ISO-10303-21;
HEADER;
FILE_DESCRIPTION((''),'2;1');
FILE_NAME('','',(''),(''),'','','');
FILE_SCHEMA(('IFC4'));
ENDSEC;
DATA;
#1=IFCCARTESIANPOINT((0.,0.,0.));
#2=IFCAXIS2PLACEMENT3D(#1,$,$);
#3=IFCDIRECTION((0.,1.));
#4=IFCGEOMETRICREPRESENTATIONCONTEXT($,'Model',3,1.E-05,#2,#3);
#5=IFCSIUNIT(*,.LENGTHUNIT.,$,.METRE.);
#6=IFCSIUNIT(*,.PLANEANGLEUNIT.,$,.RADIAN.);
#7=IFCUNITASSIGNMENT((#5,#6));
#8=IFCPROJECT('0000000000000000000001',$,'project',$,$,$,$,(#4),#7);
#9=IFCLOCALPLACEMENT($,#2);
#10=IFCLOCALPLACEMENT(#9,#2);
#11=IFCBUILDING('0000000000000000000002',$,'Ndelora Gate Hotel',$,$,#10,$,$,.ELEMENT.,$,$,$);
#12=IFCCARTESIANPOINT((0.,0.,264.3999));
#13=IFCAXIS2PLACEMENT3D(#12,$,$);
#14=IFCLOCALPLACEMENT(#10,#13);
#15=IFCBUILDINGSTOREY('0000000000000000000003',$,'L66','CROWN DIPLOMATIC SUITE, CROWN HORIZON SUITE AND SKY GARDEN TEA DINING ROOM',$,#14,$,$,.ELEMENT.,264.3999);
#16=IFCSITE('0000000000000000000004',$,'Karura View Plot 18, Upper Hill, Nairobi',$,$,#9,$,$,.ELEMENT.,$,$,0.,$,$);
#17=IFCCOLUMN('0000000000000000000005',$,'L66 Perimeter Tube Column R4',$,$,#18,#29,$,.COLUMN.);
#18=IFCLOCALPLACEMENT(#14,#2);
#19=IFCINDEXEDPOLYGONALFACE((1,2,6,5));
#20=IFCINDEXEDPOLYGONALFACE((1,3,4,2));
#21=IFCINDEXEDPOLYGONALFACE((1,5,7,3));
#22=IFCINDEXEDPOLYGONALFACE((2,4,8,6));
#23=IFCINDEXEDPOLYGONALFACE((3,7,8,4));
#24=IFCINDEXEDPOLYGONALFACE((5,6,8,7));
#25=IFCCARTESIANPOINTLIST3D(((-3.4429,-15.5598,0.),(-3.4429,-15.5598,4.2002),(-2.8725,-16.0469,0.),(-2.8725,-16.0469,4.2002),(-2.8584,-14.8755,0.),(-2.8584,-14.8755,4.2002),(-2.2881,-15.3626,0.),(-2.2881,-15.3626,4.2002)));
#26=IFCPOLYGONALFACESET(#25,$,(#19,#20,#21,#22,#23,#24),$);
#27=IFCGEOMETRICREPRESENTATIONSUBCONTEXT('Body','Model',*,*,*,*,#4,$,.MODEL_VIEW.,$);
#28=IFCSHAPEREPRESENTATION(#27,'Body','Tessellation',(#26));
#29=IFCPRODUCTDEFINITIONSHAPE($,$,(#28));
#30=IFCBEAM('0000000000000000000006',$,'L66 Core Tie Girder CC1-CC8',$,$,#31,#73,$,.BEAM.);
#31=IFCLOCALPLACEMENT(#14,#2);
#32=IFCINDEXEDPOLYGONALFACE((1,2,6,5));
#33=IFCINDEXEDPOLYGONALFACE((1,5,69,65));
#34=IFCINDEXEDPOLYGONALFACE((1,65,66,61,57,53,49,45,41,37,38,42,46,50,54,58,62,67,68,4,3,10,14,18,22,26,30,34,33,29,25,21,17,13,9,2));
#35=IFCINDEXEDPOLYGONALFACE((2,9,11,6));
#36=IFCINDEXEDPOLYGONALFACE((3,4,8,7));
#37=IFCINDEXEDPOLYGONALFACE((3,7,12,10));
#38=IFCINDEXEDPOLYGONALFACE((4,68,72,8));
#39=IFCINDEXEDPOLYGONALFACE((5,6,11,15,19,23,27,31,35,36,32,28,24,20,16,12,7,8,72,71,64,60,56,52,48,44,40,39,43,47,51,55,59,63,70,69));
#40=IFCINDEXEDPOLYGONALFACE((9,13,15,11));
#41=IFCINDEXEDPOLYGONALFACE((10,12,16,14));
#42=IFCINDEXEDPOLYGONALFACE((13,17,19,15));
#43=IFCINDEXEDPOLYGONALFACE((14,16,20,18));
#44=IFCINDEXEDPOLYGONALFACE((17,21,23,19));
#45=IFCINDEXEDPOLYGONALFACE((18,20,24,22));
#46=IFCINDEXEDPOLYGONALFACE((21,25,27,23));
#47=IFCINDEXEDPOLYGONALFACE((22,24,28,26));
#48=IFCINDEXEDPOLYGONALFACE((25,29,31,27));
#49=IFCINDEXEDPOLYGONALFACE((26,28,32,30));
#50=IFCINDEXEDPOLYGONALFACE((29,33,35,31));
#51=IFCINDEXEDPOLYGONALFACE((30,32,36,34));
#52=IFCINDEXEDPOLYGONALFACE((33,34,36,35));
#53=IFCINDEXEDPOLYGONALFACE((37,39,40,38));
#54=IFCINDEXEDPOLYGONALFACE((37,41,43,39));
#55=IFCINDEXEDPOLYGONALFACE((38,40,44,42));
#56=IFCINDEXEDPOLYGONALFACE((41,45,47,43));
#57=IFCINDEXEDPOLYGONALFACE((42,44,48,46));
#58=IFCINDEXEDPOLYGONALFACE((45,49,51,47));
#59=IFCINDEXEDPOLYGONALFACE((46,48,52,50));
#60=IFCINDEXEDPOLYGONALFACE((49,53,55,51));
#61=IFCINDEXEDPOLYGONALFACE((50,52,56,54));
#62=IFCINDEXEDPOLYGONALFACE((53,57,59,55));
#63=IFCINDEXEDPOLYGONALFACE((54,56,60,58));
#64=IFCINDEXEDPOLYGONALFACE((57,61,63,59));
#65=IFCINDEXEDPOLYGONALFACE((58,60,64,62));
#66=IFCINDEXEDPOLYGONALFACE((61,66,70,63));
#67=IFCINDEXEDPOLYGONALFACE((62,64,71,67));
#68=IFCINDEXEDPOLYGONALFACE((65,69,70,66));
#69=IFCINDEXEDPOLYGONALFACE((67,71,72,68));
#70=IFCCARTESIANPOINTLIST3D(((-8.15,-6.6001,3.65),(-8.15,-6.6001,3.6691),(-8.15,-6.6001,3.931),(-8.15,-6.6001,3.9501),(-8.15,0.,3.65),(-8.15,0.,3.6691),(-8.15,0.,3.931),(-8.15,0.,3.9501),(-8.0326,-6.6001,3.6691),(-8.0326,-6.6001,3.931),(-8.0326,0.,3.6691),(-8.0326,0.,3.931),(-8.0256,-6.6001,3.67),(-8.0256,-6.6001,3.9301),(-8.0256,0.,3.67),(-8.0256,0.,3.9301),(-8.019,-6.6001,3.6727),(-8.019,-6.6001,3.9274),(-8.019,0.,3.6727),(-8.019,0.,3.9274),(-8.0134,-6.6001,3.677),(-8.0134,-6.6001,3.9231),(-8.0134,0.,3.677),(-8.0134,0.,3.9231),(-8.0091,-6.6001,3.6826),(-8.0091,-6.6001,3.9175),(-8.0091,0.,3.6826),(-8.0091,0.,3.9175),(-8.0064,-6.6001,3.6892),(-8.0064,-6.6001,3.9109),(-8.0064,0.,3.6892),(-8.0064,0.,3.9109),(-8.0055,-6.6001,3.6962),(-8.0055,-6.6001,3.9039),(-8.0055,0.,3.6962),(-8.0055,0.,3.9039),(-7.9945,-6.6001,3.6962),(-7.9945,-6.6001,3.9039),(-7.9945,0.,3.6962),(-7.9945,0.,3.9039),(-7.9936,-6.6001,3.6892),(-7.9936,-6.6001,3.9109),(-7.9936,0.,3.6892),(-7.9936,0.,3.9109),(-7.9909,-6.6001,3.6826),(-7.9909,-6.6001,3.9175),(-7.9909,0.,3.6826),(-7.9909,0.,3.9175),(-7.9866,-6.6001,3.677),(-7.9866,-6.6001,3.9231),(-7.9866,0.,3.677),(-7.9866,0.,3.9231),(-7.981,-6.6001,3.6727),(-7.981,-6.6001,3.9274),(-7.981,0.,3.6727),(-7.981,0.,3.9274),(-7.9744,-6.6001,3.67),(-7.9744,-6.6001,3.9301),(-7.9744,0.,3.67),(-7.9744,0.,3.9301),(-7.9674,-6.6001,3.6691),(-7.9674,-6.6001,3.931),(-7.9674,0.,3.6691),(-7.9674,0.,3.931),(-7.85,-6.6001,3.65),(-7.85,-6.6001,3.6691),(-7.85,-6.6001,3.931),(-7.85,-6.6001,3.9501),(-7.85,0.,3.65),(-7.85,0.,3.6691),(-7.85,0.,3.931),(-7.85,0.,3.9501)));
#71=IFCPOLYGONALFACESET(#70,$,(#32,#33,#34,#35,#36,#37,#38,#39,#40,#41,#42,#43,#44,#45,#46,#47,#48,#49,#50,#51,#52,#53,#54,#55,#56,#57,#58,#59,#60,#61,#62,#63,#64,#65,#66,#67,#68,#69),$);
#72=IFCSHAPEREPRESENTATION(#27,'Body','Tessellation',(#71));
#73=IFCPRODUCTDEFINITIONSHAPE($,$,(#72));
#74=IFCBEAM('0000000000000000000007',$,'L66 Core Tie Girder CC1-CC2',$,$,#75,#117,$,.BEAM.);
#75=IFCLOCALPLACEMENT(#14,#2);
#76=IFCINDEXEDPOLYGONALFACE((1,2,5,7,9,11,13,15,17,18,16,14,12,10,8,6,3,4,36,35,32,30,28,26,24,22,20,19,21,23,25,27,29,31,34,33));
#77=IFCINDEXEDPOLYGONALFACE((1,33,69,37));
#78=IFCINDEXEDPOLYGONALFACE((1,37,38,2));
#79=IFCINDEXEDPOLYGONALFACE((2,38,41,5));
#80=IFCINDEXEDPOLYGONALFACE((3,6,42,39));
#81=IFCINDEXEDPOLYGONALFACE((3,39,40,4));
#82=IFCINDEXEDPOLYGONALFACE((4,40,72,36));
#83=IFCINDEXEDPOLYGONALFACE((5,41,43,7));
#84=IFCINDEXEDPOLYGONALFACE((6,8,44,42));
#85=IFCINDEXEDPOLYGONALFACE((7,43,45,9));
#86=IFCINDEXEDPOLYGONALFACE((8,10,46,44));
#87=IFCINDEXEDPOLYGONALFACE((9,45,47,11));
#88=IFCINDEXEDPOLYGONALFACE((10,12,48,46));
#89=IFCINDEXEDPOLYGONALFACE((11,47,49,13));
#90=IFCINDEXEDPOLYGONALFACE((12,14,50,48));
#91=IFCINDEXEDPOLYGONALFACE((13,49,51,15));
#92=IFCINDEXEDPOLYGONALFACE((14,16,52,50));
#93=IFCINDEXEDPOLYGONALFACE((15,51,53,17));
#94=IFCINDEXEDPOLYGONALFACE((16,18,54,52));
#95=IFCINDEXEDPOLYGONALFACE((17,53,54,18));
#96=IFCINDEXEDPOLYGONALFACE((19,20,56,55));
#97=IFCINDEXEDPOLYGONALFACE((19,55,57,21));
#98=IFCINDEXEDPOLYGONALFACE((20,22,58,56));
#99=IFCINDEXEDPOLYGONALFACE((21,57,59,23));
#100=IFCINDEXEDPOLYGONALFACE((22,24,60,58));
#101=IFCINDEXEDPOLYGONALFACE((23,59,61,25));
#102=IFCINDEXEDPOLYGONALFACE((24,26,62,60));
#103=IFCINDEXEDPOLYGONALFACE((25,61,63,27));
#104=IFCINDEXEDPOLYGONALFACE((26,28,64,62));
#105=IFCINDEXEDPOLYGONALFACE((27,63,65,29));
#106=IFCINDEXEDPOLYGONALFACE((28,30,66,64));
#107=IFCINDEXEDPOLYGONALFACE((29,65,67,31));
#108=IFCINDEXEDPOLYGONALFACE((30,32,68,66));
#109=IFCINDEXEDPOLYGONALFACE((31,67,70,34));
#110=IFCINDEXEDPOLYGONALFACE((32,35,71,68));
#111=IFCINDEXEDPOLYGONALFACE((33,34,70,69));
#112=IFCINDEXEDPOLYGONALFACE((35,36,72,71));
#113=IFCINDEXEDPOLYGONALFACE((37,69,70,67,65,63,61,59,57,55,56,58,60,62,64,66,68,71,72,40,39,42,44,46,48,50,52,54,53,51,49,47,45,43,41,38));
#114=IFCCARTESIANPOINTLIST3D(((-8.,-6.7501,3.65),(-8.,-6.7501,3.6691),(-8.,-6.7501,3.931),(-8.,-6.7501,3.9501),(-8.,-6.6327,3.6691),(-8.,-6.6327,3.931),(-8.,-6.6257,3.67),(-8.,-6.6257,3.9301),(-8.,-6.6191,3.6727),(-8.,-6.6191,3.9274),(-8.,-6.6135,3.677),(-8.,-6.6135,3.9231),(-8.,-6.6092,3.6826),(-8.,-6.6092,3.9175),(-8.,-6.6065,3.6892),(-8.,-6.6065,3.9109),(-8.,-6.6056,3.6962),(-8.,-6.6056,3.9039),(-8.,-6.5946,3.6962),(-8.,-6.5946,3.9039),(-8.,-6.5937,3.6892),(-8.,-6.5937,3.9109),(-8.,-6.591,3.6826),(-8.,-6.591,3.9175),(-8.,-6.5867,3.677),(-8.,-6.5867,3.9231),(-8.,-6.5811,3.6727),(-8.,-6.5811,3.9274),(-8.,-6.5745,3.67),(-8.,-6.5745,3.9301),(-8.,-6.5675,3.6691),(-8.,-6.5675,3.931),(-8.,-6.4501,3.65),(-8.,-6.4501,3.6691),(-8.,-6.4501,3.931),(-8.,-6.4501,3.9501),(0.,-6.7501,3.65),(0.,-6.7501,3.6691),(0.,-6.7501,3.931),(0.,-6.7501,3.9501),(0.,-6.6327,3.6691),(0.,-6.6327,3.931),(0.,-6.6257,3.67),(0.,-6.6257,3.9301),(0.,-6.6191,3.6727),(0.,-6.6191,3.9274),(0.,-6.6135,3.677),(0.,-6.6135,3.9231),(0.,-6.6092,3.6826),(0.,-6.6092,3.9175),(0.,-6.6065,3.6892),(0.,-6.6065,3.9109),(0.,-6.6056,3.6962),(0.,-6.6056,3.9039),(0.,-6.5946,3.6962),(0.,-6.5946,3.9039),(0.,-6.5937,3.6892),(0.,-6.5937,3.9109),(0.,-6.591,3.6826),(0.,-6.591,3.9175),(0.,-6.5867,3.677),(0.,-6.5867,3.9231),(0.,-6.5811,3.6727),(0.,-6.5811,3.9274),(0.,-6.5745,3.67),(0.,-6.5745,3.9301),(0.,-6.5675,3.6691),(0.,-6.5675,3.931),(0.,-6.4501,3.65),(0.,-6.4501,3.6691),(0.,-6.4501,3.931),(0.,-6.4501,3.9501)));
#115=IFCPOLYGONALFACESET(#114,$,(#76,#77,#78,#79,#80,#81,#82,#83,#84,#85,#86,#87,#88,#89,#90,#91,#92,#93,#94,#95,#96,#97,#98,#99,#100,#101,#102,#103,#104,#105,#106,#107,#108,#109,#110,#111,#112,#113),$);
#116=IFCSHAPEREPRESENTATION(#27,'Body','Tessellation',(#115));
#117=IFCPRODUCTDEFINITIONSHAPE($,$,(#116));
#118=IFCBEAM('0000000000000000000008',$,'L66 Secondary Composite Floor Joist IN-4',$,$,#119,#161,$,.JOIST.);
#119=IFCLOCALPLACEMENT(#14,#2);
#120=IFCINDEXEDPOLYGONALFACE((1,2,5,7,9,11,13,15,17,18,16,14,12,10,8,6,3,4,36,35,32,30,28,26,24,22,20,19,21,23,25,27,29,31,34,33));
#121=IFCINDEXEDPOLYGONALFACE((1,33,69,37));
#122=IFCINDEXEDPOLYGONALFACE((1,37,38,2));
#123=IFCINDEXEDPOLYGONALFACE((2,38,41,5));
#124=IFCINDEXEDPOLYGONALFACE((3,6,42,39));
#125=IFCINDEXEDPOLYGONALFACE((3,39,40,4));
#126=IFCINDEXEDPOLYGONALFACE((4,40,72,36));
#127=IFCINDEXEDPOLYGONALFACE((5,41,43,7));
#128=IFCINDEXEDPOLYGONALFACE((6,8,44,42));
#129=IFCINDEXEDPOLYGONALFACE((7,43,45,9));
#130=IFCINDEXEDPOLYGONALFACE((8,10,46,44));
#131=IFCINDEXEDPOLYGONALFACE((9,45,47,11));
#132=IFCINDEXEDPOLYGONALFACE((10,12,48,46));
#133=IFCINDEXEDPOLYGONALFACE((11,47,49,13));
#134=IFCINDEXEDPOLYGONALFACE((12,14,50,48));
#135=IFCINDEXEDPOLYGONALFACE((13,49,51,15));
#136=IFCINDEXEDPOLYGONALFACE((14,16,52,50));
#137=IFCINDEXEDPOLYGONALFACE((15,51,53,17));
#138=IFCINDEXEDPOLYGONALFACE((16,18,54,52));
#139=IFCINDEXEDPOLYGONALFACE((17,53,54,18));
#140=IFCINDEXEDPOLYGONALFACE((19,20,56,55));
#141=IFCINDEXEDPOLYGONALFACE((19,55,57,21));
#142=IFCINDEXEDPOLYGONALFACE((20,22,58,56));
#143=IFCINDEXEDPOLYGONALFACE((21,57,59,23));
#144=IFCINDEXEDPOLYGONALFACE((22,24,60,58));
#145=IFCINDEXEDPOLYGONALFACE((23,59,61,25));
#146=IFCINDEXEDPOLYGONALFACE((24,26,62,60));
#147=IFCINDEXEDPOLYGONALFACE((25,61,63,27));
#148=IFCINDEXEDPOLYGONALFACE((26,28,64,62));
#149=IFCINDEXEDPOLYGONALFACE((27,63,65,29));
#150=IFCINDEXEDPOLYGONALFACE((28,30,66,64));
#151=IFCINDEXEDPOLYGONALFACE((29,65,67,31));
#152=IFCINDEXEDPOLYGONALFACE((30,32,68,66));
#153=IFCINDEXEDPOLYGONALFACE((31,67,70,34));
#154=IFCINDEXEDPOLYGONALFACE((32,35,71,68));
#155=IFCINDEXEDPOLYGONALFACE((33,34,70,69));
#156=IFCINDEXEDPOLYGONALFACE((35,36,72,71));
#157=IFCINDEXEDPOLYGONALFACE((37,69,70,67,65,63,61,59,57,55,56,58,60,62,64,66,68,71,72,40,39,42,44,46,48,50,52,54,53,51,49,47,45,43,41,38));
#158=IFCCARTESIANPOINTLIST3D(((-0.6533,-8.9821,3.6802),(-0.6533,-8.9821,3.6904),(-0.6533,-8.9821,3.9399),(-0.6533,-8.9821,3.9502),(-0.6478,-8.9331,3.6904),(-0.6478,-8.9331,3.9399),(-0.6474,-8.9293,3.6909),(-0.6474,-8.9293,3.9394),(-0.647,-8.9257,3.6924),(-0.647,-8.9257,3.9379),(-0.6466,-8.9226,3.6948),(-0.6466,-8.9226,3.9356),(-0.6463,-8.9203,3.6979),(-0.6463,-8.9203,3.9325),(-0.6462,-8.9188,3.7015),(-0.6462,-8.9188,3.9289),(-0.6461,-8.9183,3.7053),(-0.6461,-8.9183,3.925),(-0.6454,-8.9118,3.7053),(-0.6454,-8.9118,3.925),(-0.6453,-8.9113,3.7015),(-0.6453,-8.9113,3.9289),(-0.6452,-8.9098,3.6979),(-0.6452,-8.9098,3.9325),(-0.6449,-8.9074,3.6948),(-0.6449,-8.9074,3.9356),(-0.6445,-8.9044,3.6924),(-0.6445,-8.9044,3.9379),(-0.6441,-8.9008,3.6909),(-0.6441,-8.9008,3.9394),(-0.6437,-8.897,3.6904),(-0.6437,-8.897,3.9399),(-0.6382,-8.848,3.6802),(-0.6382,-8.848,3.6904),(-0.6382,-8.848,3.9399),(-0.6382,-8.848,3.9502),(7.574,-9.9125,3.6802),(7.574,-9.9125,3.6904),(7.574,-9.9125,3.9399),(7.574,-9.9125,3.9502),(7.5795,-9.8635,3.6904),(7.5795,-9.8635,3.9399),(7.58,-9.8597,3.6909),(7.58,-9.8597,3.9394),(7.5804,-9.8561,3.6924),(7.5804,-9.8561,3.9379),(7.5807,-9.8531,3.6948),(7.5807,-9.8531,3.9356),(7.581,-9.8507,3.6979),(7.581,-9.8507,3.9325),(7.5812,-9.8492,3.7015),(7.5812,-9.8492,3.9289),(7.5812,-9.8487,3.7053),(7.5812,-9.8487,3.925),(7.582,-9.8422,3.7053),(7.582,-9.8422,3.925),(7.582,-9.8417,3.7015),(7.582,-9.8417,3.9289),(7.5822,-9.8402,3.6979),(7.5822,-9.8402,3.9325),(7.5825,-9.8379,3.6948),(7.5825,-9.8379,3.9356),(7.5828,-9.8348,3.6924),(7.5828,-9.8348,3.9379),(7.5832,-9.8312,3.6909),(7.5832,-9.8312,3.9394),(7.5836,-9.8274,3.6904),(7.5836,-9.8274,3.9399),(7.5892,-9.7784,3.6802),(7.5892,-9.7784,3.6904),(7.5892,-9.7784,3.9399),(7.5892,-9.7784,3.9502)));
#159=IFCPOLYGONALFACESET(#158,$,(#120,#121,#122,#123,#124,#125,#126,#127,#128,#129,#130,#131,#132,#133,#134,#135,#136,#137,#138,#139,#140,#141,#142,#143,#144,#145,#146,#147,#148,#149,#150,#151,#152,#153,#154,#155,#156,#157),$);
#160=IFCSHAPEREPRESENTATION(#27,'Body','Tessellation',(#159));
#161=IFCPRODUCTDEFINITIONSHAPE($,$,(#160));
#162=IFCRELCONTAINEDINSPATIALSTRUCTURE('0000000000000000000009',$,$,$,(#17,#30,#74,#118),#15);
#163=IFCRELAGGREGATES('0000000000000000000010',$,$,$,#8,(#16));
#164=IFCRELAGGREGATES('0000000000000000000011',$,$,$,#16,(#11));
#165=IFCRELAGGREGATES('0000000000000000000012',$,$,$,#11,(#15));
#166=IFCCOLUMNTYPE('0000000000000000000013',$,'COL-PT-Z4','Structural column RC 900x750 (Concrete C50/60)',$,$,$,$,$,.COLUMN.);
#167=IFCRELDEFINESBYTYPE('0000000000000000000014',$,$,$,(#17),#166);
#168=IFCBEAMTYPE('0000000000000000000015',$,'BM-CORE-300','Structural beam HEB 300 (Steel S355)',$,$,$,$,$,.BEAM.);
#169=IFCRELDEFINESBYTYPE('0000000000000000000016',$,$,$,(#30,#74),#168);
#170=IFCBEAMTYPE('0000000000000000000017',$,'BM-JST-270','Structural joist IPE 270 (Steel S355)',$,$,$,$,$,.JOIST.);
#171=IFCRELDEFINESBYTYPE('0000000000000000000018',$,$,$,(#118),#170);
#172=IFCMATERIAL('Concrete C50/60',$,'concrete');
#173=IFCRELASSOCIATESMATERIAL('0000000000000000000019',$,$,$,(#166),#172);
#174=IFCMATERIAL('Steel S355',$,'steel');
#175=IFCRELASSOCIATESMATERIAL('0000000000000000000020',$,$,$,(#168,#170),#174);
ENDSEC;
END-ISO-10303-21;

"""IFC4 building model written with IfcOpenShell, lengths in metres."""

from ifc_helpers import new_model, si_unit, direction, frame, origin, origin_2d, place, context, subcontext, project, spatial, rectangle, i_section, extrude, material, material_profile, profile_set, type_object, element, save


model = new_model("IFC4")

# Units and contexts
model_context = context("Model", 3, precision=1e-05, world=origin(), true_north=direction((0.0, 1.0)))
body_context = subcontext(model_context, "Body", "Model", "MODEL_VIEW")
ifc_project = project(units=[si_unit("LENGTHUNIT", "METRE"), si_unit("PLANEANGLEUNIT", "RADIAN")], contexts=[model_context])

# Site, building, storey
site_placement = place(None, origin())
site = spatial("IfcSite", under=ifc_project, at=site_placement, Name="Karura View Plot 18, Upper Hill, Nairobi", CompositionType="ELEMENT", RefElevation=0.0)
building_placement = place(site_placement, origin())
building = spatial("IfcBuilding", under=site, at=building_placement, Name="Ndelora Gate Hotel", CompositionType="ELEMENT")
storey_placement = place(building_placement, frame((0.0, 0.0, 264.3999)))
storey = spatial("IfcBuildingStorey", under=building, at=storey_placement, Name="L66", Description="CROWN DIPLOMATIC SUITE, CROWN HORIZON SUITE AND SKY GARDEN TEA DINING ROOM", CompositionType="ELEMENT", Elevation=264.3999)

# Column
ifc_material_1 = material(Name="Concrete C50/60", Category="concrete")
ifc_material_profile_1 = material_profile(ifc_material_1, rectangle(XDim=0.75, YDim=0.8999, at=origin_2d()), Name="RC 900x750")
ifc_profile_set_1 = profile_set([ifc_material_profile_1], Name="Concrete C50/60")
column_type = type_object("IfcColumnType", Name="COL-PT-Z4", Description="Structural column RC 900x750 (Concrete C50/60)", PredefinedType="COLUMN", material=ifc_profile_set_1)
column_placement = place(storey_placement, frame((-2.8655, -15.4612, 0.0), z_axis=(0.0, 0.0, 1.0), x_axis=(-0.760406, 0.649448, 0.0)))
element("IfcColumn", 1, at=column_placement, inside=storey, type_object=column_type, Name="L66 Perimeter Tube Column R4", PredefinedType="COLUMN", context=body_context, shape_type="SweptSolid", body=[
    extrude(rectangle(XDim=0.75, YDim=0.8999, at=origin_2d()), origin(), (0.0, 0.0, 1.0), 4.2002),
])

# Beams
ifc_material_2 = material(Name="Steel S355", Category="steel")
ifc_material_profile_2 = material_profile(ifc_material_2, i_section(OverallWidth=0.3, OverallDepth=0.3, WebThickness=0.011, FlangeThickness=0.019, FilletRadius=0.0271, at=origin_2d()), Name="HEB 300")
ifc_profile_set_2 = profile_set([ifc_material_profile_2], Name="Steel S355")
beam_type_1 = type_object("IfcBeamType", Name="BM-CORE-300", Description="Structural beam HEB 300 (Steel S355)", PredefinedType="BEAM", material=ifc_profile_set_2)
beam_1_placement = place(storey_placement, frame((-8.0, -6.6001, 3.8), z_axis=(0.0, 1.0, 0.0), x_axis=(-1.0, 0.0, 0.0)))
element("IfcBeam", 2, at=beam_1_placement, inside=storey, type_object=beam_type_1, Name="L66 Core Tie Girder CC1-CC8", PredefinedType="BEAM", context=body_context, shape_type="SweptSolid", body=[
    extrude(i_section(OverallWidth=0.3, OverallDepth=0.3, WebThickness=0.011, FlangeThickness=0.019, FilletRadius=0.0271, at=origin_2d()), origin(), (0.0, 0.0, 1.0), 6.6001),
])
beam_2_placement = place(storey_placement, frame((-8.0, -6.6001, 3.8), z_axis=(1.0, 0.0, 0.0), x_axis=(0.0, 1.0, 0.0)))
element("IfcBeam", 3, at=beam_2_placement, inside=storey, type_object=beam_type_1, Name="L66 Core Tie Girder CC1-CC2", PredefinedType="BEAM", context=body_context, shape_type="SweptSolid", body=[
    extrude(i_section(OverallWidth=0.3, OverallDepth=0.3, WebThickness=0.011, FlangeThickness=0.019, FilletRadius=0.0271, at=origin_2d()), origin(), (0.0, 0.0, 1.0), 8.0),
])
ifc_material_profile_3 = material_profile(ifc_material_2, i_section(OverallWidth=0.135, OverallDepth=0.27, WebThickness=0.0066, FlangeThickness=0.0103, FilletRadius=0.0149, at=origin_2d()), Name="IPE 270")
ifc_profile_set_3 = profile_set([ifc_material_profile_3], Name="Steel S355")
beam_type_2 = type_object("IfcBeamType", Name="BM-JST-270", Description="Structural joist IPE 270 (Steel S355)", PredefinedType="JOIST", material=ifc_profile_set_3)
beam_3_placement = place(storey_placement, frame((-0.6458, -8.915, 3.8152), z_axis=(0.993666, -0.112373, 0.0), x_axis=(0.112373, 0.993666, 0.0)))
element("IfcBeam", 4, at=beam_3_placement, inside=storey, type_object=beam_type_2, Name="L66 Secondary Composite Floor Joist IN-4", PredefinedType="JOIST", context=body_context, shape_type="SweptSolid", body=[
    extrude(i_section(OverallWidth=0.135, OverallDepth=0.27, WebThickness=0.0066, FlangeThickness=0.0103, FilletRadius=0.0149, at=origin_2d()), origin(), (0.0, 0.0, 1.0), 8.2798),
])

save(model, "model.ifc")
